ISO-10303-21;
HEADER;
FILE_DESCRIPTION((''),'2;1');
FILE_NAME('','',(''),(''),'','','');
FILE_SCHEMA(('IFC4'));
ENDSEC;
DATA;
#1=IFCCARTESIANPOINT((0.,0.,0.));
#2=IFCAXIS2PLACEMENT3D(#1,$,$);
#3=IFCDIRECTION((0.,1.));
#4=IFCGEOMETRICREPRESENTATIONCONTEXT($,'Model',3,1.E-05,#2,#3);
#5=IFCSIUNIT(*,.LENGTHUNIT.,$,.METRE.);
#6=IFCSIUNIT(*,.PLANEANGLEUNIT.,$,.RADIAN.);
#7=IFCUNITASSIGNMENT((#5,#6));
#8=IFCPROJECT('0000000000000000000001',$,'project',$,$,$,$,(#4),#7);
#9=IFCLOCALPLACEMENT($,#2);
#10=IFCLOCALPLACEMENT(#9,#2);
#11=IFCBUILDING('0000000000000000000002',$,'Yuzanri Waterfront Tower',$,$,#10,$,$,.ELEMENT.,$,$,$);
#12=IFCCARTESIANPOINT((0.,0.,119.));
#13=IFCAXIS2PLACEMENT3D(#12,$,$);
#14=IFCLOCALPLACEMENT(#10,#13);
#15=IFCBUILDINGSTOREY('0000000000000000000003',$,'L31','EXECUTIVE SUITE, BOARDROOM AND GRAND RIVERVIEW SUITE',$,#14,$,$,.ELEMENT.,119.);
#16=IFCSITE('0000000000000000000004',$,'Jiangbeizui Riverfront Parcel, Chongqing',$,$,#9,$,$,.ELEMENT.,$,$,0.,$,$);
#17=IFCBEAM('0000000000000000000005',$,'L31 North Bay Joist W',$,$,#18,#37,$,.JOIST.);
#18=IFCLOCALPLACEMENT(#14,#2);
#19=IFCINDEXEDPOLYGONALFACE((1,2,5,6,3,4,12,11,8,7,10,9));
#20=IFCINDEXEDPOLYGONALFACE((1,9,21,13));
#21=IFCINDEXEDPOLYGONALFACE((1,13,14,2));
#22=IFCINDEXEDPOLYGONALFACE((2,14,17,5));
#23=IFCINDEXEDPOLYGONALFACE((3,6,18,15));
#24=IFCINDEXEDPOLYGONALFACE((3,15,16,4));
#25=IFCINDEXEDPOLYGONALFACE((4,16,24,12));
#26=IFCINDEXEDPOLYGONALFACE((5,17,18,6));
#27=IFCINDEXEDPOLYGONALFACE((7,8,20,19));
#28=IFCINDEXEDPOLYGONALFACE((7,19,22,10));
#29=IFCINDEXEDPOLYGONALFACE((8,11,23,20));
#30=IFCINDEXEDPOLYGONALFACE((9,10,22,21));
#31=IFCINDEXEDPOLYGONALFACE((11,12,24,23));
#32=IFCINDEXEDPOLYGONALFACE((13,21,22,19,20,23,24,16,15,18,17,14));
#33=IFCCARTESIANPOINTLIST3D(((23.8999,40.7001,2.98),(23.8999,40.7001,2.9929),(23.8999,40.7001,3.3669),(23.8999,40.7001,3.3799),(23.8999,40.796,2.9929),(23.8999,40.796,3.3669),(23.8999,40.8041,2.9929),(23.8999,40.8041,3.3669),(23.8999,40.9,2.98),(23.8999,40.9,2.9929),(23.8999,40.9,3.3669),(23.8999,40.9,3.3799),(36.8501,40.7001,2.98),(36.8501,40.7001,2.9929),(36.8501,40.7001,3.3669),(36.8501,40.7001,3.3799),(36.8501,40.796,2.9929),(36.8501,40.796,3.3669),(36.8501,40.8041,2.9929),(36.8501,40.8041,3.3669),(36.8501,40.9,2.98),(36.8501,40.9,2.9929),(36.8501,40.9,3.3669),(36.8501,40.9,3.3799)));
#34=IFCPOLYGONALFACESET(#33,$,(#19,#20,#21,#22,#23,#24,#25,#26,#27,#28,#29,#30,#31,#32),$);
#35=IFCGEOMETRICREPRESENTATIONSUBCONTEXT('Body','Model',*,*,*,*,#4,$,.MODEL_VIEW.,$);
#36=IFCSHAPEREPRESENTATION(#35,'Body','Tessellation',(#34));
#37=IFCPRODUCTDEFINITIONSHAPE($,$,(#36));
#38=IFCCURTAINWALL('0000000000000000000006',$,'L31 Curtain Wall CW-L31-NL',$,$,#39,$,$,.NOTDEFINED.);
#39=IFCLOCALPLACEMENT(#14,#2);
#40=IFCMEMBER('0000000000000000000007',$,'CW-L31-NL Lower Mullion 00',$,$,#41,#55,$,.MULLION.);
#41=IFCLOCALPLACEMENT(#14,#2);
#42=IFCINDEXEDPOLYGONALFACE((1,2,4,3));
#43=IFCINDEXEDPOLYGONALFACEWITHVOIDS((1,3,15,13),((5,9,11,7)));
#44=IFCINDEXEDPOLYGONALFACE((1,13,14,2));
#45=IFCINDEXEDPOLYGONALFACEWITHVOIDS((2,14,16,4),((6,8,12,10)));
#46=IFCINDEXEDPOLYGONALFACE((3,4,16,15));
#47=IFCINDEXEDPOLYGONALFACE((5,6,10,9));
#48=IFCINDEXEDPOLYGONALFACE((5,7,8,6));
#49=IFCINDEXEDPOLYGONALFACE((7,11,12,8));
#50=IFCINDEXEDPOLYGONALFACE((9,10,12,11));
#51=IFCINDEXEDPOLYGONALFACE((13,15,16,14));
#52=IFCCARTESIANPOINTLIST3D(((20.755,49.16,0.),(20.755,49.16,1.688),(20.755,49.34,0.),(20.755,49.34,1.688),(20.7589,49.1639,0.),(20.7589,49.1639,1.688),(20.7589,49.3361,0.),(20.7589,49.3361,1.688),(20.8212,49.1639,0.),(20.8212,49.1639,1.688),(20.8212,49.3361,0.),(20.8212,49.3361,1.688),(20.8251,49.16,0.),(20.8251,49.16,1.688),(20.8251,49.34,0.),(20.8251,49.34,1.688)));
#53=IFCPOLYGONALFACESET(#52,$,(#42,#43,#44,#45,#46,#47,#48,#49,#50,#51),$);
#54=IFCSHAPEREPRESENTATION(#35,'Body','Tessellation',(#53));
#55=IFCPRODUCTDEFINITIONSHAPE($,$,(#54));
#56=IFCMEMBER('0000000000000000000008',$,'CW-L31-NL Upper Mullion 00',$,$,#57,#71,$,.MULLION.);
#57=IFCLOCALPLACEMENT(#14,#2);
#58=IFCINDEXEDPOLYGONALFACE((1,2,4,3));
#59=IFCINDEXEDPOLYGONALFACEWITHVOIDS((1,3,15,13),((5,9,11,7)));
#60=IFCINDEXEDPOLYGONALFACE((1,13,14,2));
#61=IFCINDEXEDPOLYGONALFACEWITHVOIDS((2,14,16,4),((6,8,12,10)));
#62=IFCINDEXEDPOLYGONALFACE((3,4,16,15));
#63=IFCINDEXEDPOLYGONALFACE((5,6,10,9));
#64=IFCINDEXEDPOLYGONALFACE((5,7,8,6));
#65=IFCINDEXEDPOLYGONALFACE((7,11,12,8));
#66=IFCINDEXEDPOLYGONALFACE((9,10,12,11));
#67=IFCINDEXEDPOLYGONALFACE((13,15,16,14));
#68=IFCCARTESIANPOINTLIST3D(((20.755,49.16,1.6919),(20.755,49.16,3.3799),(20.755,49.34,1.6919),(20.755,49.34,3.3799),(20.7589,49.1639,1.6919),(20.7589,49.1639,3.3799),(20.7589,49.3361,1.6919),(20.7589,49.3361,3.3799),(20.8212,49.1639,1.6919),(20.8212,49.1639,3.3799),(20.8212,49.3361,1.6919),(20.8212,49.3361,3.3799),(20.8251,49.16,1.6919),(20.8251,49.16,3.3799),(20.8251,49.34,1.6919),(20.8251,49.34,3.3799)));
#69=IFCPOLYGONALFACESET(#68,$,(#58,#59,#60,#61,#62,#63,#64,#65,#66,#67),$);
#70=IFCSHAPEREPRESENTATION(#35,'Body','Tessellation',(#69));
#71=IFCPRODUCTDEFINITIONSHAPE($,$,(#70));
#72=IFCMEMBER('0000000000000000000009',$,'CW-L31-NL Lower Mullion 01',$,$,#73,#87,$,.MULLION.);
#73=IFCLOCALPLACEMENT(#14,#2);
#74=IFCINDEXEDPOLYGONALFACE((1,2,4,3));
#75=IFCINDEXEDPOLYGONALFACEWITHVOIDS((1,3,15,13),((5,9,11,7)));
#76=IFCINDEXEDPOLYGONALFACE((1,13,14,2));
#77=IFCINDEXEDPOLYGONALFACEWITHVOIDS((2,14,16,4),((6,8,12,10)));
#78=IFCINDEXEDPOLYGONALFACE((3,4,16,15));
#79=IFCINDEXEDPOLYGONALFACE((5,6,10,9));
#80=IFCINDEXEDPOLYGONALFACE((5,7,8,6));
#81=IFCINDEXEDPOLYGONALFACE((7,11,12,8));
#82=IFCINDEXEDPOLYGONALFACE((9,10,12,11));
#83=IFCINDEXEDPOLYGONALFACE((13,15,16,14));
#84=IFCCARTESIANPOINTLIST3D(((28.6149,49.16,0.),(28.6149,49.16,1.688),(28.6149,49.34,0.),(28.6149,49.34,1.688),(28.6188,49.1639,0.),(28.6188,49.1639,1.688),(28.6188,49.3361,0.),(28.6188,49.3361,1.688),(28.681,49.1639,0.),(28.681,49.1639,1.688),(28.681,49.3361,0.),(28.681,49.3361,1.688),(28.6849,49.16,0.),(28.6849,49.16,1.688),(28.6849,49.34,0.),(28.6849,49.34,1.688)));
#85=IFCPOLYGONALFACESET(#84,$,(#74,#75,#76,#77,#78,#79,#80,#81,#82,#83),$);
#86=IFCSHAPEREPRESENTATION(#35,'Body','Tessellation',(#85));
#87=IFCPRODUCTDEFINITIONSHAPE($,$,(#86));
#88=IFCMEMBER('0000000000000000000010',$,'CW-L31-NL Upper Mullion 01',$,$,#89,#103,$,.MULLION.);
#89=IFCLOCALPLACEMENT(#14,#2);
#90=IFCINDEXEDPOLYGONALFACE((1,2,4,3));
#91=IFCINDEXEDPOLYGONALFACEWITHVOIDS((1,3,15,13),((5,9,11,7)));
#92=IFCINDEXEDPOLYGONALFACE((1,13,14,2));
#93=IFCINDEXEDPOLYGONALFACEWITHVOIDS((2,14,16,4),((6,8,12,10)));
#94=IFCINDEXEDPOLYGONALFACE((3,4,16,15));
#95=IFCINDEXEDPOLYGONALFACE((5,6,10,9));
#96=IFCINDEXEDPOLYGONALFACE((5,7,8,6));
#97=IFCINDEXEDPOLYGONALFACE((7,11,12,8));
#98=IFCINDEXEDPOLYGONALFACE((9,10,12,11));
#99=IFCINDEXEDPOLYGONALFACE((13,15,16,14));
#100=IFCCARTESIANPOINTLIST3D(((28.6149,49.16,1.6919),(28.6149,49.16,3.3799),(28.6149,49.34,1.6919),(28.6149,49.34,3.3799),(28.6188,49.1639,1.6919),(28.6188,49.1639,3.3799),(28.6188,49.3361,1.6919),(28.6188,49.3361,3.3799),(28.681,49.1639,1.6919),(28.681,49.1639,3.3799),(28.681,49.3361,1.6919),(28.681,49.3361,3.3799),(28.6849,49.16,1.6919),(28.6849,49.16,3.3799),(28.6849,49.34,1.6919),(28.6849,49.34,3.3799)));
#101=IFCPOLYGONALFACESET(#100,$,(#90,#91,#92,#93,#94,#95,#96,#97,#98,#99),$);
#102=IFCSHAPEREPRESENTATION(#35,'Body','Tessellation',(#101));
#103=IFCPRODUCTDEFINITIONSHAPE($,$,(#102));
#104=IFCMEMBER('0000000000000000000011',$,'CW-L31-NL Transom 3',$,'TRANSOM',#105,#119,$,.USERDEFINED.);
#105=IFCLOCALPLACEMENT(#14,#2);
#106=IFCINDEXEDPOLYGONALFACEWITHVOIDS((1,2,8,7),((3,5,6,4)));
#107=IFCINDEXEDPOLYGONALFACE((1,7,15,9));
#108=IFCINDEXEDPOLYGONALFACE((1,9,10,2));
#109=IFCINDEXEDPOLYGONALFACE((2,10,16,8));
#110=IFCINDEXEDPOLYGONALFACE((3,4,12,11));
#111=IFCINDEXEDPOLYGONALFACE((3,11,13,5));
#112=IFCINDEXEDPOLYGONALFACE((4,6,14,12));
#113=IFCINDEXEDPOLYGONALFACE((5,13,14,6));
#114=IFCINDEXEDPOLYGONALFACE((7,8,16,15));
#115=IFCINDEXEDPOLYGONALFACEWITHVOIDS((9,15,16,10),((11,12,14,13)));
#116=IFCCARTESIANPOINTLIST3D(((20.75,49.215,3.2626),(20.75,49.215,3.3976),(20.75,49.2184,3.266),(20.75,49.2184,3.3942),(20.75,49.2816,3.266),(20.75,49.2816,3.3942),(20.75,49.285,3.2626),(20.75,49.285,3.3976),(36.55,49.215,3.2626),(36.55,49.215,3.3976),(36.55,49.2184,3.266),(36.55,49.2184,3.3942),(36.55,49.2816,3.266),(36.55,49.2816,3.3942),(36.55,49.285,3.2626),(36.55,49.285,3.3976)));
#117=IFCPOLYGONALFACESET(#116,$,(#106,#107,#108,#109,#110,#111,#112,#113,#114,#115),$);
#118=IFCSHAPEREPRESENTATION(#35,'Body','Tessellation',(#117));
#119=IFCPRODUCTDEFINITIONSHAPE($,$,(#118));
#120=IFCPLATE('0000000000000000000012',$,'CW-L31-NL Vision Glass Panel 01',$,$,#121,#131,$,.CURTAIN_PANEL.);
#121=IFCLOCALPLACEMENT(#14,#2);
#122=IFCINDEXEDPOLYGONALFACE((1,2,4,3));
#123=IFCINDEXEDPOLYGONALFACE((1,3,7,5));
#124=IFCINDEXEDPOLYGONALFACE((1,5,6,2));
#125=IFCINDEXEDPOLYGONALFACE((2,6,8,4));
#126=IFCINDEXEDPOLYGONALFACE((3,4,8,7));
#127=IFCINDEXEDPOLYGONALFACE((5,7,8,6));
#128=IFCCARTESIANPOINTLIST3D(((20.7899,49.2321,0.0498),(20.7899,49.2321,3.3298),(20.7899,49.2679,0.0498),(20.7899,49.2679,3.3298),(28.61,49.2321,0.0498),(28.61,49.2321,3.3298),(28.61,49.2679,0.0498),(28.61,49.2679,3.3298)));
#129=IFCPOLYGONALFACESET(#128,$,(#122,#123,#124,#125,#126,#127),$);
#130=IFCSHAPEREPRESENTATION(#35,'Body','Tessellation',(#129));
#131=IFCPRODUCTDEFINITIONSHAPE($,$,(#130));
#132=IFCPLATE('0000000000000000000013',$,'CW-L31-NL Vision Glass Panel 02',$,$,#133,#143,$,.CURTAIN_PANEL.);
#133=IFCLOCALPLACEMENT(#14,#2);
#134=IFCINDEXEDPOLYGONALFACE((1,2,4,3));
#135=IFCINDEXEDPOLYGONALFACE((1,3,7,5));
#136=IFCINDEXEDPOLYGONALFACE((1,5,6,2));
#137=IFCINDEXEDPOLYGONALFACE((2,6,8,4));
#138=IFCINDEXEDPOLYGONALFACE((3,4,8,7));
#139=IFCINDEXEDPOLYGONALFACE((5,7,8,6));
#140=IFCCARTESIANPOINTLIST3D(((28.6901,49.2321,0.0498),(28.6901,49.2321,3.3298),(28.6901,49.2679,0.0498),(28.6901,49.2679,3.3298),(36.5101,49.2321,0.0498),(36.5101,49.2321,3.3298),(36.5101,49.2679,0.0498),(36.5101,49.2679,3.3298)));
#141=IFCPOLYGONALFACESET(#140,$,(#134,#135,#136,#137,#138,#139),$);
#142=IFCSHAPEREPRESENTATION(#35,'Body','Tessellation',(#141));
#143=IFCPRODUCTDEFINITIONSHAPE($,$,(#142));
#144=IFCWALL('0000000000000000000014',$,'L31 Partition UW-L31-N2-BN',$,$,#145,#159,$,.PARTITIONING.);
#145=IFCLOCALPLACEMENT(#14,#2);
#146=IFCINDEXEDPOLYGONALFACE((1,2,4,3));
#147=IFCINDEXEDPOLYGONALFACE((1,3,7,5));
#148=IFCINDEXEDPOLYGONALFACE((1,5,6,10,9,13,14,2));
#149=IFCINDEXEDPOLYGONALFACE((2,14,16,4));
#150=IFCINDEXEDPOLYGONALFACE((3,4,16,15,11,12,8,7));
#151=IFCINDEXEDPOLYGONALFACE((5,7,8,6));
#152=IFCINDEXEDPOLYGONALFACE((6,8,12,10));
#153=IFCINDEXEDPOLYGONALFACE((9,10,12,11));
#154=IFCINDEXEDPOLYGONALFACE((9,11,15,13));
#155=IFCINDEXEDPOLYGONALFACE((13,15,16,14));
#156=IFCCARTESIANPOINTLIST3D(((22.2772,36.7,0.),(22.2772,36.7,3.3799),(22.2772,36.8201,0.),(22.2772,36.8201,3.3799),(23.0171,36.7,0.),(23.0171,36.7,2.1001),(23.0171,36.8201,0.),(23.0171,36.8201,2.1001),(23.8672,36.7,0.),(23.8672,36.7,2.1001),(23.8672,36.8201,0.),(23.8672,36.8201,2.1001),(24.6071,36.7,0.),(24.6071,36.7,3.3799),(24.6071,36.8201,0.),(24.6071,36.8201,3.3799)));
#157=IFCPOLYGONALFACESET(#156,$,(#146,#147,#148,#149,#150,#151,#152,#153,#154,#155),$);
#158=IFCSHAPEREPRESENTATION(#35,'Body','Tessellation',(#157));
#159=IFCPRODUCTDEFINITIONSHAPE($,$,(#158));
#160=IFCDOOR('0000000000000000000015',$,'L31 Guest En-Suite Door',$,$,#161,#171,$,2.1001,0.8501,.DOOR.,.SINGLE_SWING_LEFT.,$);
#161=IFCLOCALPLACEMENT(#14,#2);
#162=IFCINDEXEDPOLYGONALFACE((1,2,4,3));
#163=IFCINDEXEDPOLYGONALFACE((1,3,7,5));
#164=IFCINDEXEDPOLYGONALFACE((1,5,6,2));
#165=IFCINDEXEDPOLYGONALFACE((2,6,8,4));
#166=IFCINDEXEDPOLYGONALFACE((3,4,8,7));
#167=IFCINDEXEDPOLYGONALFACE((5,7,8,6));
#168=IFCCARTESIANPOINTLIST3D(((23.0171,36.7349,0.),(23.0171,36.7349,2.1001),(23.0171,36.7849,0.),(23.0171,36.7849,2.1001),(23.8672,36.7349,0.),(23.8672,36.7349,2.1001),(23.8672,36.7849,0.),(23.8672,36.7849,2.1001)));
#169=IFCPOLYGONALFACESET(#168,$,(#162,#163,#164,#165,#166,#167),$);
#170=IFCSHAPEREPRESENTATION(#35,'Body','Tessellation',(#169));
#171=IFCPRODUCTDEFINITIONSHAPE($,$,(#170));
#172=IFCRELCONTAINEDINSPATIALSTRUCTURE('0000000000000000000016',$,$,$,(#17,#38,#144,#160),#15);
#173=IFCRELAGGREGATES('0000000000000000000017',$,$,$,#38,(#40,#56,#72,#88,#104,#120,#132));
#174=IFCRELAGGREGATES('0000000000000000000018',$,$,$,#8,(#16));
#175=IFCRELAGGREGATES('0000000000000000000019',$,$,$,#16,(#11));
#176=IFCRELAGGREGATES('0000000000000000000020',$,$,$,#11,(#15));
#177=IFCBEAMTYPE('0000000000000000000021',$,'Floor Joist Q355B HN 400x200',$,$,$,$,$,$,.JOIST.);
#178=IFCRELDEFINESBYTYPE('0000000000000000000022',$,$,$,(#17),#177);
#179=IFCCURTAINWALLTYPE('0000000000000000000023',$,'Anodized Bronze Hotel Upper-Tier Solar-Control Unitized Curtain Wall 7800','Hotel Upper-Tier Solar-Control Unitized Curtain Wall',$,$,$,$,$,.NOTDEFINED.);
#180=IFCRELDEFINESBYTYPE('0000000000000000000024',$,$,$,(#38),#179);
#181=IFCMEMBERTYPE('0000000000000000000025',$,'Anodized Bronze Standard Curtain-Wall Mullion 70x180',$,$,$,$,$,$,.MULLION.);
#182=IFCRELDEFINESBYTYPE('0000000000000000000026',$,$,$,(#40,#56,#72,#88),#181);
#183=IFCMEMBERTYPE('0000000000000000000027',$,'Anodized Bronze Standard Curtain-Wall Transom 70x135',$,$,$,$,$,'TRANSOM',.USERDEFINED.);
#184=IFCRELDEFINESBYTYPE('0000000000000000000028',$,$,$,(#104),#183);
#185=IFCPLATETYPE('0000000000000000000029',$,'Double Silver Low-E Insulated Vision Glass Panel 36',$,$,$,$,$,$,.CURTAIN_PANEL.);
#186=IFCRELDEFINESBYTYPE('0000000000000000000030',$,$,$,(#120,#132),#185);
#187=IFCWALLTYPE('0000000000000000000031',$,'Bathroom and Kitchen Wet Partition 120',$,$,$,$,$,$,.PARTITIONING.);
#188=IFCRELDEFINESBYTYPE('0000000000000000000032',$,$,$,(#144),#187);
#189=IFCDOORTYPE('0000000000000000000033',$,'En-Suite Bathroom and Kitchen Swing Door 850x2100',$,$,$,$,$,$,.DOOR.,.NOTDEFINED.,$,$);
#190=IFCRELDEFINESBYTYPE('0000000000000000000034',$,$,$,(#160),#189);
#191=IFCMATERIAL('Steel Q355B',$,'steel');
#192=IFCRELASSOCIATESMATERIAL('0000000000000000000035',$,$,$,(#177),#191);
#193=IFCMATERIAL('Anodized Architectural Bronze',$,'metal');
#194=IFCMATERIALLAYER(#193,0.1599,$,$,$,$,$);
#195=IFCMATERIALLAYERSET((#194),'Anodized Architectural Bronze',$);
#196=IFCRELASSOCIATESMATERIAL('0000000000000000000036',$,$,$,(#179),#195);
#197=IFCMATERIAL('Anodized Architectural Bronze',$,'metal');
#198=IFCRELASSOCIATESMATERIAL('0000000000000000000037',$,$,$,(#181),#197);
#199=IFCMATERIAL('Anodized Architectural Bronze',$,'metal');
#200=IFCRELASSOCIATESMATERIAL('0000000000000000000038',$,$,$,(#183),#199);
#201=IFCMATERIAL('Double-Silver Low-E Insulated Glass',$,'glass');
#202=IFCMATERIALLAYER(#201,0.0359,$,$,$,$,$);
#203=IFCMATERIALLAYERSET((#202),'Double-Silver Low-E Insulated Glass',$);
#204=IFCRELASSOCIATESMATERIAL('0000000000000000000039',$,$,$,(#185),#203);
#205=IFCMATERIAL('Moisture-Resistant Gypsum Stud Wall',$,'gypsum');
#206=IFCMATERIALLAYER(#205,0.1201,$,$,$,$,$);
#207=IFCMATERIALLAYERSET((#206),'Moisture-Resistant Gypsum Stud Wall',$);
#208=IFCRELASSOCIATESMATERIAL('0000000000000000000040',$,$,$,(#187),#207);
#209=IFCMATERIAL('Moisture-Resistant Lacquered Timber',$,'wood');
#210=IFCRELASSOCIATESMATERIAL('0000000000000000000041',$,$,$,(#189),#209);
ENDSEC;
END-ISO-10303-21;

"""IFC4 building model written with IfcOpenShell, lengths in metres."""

from ifc_helpers import new_model, si_unit, direction, frame, frame_2d, origin, origin_2d, place, context, subcontext, project, spatial, rectangle, hollow_rectangle, i_section, extrude, source, transform, mapped, material, layer, layer_set, material_profile, profile_set, type_object, element, fill, aggregate, save


model = new_model("IFC4")

# Units and contexts
model_context = context("Model", 3, precision=1e-05, world=origin(), true_north=direction((0.0, 1.0)))
body_context = subcontext(model_context, "Body", "Model", "MODEL_VIEW")
ifc_project = project(units=[si_unit("LENGTHUNIT", "METRE"), si_unit("PLANEANGLEUNIT", "RADIAN")], contexts=[model_context])

# Site, building, storey
site_placement = place(None, origin())
site = spatial("IfcSite", under=ifc_project, at=site_placement, Name="Jiangbeizui Riverfront Parcel, Chongqing", CompositionType="ELEMENT", RefElevation=0.0)
building_placement = place(site_placement, origin())
building = spatial("IfcBuilding", under=site, at=building_placement, Name="Yuzanri Waterfront Tower", CompositionType="ELEMENT")
storey_placement = place(building_placement, frame((0.0, 0.0, 119.0)))
storey = spatial("IfcBuildingStorey", under=building, at=storey_placement, Name="L31", Description="EXECUTIVE SUITE, BOARDROOM AND GRAND RIVERVIEW SUITE", CompositionType="ELEMENT", Elevation=119.0)

# Beam
ifc_material_1 = material(Name="Steel Q355B", Category="steel")
ifc_material_profile_1 = material_profile(ifc_material_1, i_section(OverallWidth=0.2, OverallDepth=0.3999, WebThickness=0.0081, FlangeThickness=0.0129, at=origin_2d()), Name="HN 400x200x8x13")
ifc_profile_set_1 = profile_set([ifc_material_profile_1], Name="Steel Q355B")
beam_type = type_object("IfcBeamType", Name="Floor Joist Q355B HN 400x200", PredefinedType="JOIST", material=ifc_profile_set_1)
shared_shape_1 = source(origin(), body_context, "Body", "SweptSolid", [
    extrude(i_section(OverallWidth=0.2, OverallDepth=0.3999, WebThickness=0.0081, FlangeThickness=0.0129, at=origin_2d()), origin(), (0.0, 0.0, 1.0), 12.9502),
])
beam_placement = place(storey_placement, frame((23.8999, 40.8, 3.1799), z_axis=(1.0, 0.0, 0.0), x_axis=(0.0, 1.0, 0.0)))
element("IfcBeam", 1, at=beam_placement, inside=storey, type_object=beam_type, Name="L31 North Bay Joist W", PredefinedType="JOIST", context=body_context, shape_type="MappedRepresentation", body=[
    mapped(shared_shape_1, transform((0.0, 0.0, 0.0), scale=1.0)),
])

# Curtain wall, members, plates
ifc_material_2 = material(Name="Anodized Architectural Bronze", Category="metal")
ifc_layer_1 = layer(ifc_material_2, 0.1599)
ifc_layer_set_1 = layer_set([ifc_layer_1], Name="Anodized Architectural Bronze")
curtain_wall_type = type_object("IfcCurtainWallType", Name="Anodized Bronze Hotel Upper-Tier Solar-Control Unitized Curtain Wall 7800", Description="Hotel Upper-Tier Solar-Control Unitized Curtain Wall", PredefinedType="NOTDEFINED", material=ifc_layer_set_1)
curtain_wall_placement = place(storey_placement, origin())
curtain_wall = element("IfcCurtainWall", 2, at=curtain_wall_placement, inside=storey, type_object=curtain_wall_type, Name="L31 Curtain Wall CW-L31-NL", PredefinedType="NOTDEFINED")
ifc_material_3 = material(Name="Anodized Architectural Bronze", Category="metal")
ifc_material_profile_2 = material_profile(ifc_material_3, hollow_rectangle(XDim=0.0701, YDim=0.1799, WallThickness=0.0039, at=origin_2d()), Name="CWM 70x180")
ifc_profile_set_2 = profile_set([ifc_material_profile_2], Name="Anodized Architectural Bronze")
member_type_1 = type_object("IfcMemberType", Name="Anodized Bronze Standard Curtain-Wall Mullion 70x180", PredefinedType="MULLION", material=ifc_profile_set_2)
shared_shape_2 = source(origin(), body_context, "Body", "SweptSolid", [
    extrude(hollow_rectangle(XDim=0.0701, YDim=0.1799, WallThickness=0.0039, at=origin_2d()), origin(), (0.0, 0.0, 1.0), 1.688),
])
member_1_placement = place(storey_placement, frame((20.79, 49.25, 0.0), z_axis=(0.0, 0.0, 1.0), x_axis=(1.0, 0.0, 0.0)))
member_1 = element("IfcMember", 3, at=member_1_placement, type_object=member_type_1, Name="CW-L31-NL Lower Mullion 00", PredefinedType="MULLION", context=body_context, shape_type="MappedRepresentation", body=[
    mapped(shared_shape_2, transform((0.0, 0.0, 0.0), scale=1.0)),
])
member_2_placement = place(storey_placement, frame((20.79, 49.25, 1.6919), z_axis=(0.0, 0.0, 1.0), x_axis=(1.0, 0.0, 0.0)))
member_2 = element("IfcMember", 4, at=member_2_placement, type_object=member_type_1, Name="CW-L31-NL Upper Mullion 00", PredefinedType="MULLION", context=body_context, shape_type="MappedRepresentation", body=[
    mapped(shared_shape_2, transform((0.0, 0.0, 0.0), scale=1.0)),
])
member_3_placement = place(storey_placement, frame((28.6499, 49.25, 0.0), z_axis=(0.0, 0.0, 1.0), x_axis=(1.0, 0.0, 0.0)))
member_3 = element("IfcMember", 5, at=member_3_placement, type_object=member_type_1, Name="CW-L31-NL Lower Mullion 01", PredefinedType="MULLION", context=body_context, shape_type="MappedRepresentation", body=[
    mapped(shared_shape_2, transform((0.0, 0.0, 0.0), scale=1.0)),
])
member_4_placement = place(storey_placement, frame((28.6499, 49.25, 1.6919), z_axis=(0.0, 0.0, 1.0), x_axis=(1.0, 0.0, 0.0)))
member_4 = element("IfcMember", 6, at=member_4_placement, type_object=member_type_1, Name="CW-L31-NL Upper Mullion 01", PredefinedType="MULLION", context=body_context, shape_type="MappedRepresentation", body=[
    mapped(shared_shape_2, transform((0.0, 0.0, 0.0), scale=1.0)),
])
ifc_material_4 = material(Name="Anodized Architectural Bronze", Category="metal")
ifc_material_profile_3 = material_profile(ifc_material_4, hollow_rectangle(XDim=0.0701, YDim=0.135, WallThickness=0.0034, at=origin_2d()), Name="CWT 70x135")
ifc_profile_set_3 = profile_set([ifc_material_profile_3], Name="Anodized Architectural Bronze")
member_type_2 = type_object("IfcMemberType", Name="Anodized Bronze Standard Curtain-Wall Transom 70x135", ElementType="TRANSOM", PredefinedType="USERDEFINED", material=ifc_profile_set_3)
shared_shape_3 = source(origin(), body_context, "Body", "SweptSolid", [
    extrude(hollow_rectangle(XDim=0.0701, YDim=0.135, WallThickness=0.0034, at=origin_2d()), origin(), (0.0, 0.0, 1.0), 15.8),
])
member_5_placement = place(storey_placement, frame((20.75, 49.25, 3.3301), z_axis=(1.0, 0.0, 0.0), x_axis=(0.0, 1.0, 0.0)))
member_5 = element("IfcMember", 7, at=member_5_placement, type_object=member_type_2, Name="CW-L31-NL Transom 3", ObjectType="TRANSOM", PredefinedType="USERDEFINED", context=body_context, shape_type="MappedRepresentation", body=[
    mapped(shared_shape_3, transform((0.0, 0.0, 0.0), scale=1.0)),
])
ifc_material_5 = material(Name="Double-Silver Low-E Insulated Glass", Category="glass")
ifc_layer_2 = layer(ifc_material_5, 0.0359)
ifc_layer_set_2 = layer_set([ifc_layer_2], Name="Double-Silver Low-E Insulated Glass")
plate_type = type_object("IfcPlateType", Name="Double Silver Low-E Insulated Vision Glass Panel 36", PredefinedType="CURTAIN_PANEL", material=ifc_layer_set_2)
shared_shape_4 = source(origin(), body_context, "Body", "SweptSolid", [
    extrude(rectangle(XDim=7.8201, YDim=0.0359, at=origin_2d()), origin(), (0.0, 0.0, 1.0), 3.28),
])
plate_1_placement = place(storey_placement, frame((24.7, 49.25, 0.0498), z_axis=(0.0, 0.0, 1.0), x_axis=(1.0, 0.0, 0.0)))
plate_1 = element("IfcPlate", 8, at=plate_1_placement, type_object=plate_type, Name="CW-L31-NL Vision Glass Panel 01", PredefinedType="CURTAIN_PANEL", context=body_context, shape_type="MappedRepresentation", body=[
    mapped(shared_shape_4, transform((0.0, 0.0, 0.0), scale=1.0)),
])
plate_2_placement = place(storey_placement, frame((32.6001, 49.25, 0.0498), z_axis=(0.0, 0.0, 1.0), x_axis=(1.0, 0.0, 0.0)))
plate_2 = element("IfcPlate", 9, at=plate_2_placement, type_object=plate_type, Name="CW-L31-NL Vision Glass Panel 02", PredefinedType="CURTAIN_PANEL", context=body_context, shape_type="MappedRepresentation", body=[
    mapped(shared_shape_4, transform((0.0, 0.0, 0.0), scale=1.0)),
])
aggregate(curtain_wall, [member_1, member_2, member_3, member_4, member_5, plate_1, plate_2])

# Wall, opening, door
ifc_material_6 = material(Name="Moisture-Resistant Gypsum Stud Wall", Category="gypsum")
ifc_layer_3 = layer(ifc_material_6, 0.1201)
ifc_layer_set_3 = layer_set([ifc_layer_3], Name="Moisture-Resistant Gypsum Stud Wall")
wall_type_1 = type_object("IfcWallType", Name="Bathroom and Kitchen Wet Partition 120", PredefinedType="PARTITIONING", material=ifc_layer_set_3)
wall_1_placement = place(storey_placement, frame((22.2771, 36.76, 0.0), z_axis=(0.0, 0.0, 1.0), x_axis=(1.0, 0.0, 0.0)))
wall_1 = element("IfcWall", 10, at=wall_1_placement, inside=storey, type_object=wall_type_1, Name="L31 Partition UW-L31-N2-BN", PredefinedType="PARTITIONING", context=body_context, shape_type="SweptSolid", body=[
    extrude(rectangle(XDim=2.3298, YDim=0.1201, at=frame_2d((1.165, 0.0))), origin(), (0.0, 0.0, 1.0), 3.3799),
])
opening_1_placement = place(wall_1_placement, frame((0.74, 0.0, 0.0)))
opening_1 = element("IfcOpeningElement", 11, at=opening_1_placement, cuts=wall_1, PredefinedType="OPENING", context=body_context, shape_type="SweptSolid", body=[
    extrude(rectangle(XDim=0.8501, YDim=2.1001, at=frame_2d((0.425, 1.05))), frame((0.0, 0.075, 0.0), z_axis=(0.0, -1.0, 0.0), x_axis=(1.0, 0.0, 0.0)), (0.0, 0.0, 1.0), 0.1499),
])
ifc_material_7 = material(Name="Moisture-Resistant Lacquered Timber", Category="wood")
door_type_1 = type_object("IfcDoorType", Name="En-Suite Bathroom and Kitchen Swing Door 850x2100", OperationType="NOTDEFINED", PredefinedType="DOOR", material=ifc_material_7)
shared_shape_5 = source(origin(), body_context, "Body", "SweptSolid", [
    extrude(rectangle(XDim=0.8501, YDim=2.1001, at=frame_2d((0.425, 1.05))), frame((0.0, 0.0249, 0.0), z_axis=(0.0, -1.0, 0.0), x_axis=(1.0, 0.0, 0.0)), (0.0, 0.0, 1.0), 0.05),
])
door_1_placement = place(opening_1_placement, origin())
door_1 = element("IfcDoor", 12, at=door_1_placement, inside=storey, type_object=door_type_1, Name="L31 Guest En-Suite Door", OperationType="SINGLE_SWING_LEFT", OverallHeight=2.1001, OverallWidth=0.8501, PredefinedType="DOOR", context=body_context, shape_type="MappedRepresentation", body=[
    mapped(shared_shape_5, transform((0.0, 0.0, 0.0), scale=1.0)),
])
fill(opening_1, door_1)

save(model, "model.ifc")
